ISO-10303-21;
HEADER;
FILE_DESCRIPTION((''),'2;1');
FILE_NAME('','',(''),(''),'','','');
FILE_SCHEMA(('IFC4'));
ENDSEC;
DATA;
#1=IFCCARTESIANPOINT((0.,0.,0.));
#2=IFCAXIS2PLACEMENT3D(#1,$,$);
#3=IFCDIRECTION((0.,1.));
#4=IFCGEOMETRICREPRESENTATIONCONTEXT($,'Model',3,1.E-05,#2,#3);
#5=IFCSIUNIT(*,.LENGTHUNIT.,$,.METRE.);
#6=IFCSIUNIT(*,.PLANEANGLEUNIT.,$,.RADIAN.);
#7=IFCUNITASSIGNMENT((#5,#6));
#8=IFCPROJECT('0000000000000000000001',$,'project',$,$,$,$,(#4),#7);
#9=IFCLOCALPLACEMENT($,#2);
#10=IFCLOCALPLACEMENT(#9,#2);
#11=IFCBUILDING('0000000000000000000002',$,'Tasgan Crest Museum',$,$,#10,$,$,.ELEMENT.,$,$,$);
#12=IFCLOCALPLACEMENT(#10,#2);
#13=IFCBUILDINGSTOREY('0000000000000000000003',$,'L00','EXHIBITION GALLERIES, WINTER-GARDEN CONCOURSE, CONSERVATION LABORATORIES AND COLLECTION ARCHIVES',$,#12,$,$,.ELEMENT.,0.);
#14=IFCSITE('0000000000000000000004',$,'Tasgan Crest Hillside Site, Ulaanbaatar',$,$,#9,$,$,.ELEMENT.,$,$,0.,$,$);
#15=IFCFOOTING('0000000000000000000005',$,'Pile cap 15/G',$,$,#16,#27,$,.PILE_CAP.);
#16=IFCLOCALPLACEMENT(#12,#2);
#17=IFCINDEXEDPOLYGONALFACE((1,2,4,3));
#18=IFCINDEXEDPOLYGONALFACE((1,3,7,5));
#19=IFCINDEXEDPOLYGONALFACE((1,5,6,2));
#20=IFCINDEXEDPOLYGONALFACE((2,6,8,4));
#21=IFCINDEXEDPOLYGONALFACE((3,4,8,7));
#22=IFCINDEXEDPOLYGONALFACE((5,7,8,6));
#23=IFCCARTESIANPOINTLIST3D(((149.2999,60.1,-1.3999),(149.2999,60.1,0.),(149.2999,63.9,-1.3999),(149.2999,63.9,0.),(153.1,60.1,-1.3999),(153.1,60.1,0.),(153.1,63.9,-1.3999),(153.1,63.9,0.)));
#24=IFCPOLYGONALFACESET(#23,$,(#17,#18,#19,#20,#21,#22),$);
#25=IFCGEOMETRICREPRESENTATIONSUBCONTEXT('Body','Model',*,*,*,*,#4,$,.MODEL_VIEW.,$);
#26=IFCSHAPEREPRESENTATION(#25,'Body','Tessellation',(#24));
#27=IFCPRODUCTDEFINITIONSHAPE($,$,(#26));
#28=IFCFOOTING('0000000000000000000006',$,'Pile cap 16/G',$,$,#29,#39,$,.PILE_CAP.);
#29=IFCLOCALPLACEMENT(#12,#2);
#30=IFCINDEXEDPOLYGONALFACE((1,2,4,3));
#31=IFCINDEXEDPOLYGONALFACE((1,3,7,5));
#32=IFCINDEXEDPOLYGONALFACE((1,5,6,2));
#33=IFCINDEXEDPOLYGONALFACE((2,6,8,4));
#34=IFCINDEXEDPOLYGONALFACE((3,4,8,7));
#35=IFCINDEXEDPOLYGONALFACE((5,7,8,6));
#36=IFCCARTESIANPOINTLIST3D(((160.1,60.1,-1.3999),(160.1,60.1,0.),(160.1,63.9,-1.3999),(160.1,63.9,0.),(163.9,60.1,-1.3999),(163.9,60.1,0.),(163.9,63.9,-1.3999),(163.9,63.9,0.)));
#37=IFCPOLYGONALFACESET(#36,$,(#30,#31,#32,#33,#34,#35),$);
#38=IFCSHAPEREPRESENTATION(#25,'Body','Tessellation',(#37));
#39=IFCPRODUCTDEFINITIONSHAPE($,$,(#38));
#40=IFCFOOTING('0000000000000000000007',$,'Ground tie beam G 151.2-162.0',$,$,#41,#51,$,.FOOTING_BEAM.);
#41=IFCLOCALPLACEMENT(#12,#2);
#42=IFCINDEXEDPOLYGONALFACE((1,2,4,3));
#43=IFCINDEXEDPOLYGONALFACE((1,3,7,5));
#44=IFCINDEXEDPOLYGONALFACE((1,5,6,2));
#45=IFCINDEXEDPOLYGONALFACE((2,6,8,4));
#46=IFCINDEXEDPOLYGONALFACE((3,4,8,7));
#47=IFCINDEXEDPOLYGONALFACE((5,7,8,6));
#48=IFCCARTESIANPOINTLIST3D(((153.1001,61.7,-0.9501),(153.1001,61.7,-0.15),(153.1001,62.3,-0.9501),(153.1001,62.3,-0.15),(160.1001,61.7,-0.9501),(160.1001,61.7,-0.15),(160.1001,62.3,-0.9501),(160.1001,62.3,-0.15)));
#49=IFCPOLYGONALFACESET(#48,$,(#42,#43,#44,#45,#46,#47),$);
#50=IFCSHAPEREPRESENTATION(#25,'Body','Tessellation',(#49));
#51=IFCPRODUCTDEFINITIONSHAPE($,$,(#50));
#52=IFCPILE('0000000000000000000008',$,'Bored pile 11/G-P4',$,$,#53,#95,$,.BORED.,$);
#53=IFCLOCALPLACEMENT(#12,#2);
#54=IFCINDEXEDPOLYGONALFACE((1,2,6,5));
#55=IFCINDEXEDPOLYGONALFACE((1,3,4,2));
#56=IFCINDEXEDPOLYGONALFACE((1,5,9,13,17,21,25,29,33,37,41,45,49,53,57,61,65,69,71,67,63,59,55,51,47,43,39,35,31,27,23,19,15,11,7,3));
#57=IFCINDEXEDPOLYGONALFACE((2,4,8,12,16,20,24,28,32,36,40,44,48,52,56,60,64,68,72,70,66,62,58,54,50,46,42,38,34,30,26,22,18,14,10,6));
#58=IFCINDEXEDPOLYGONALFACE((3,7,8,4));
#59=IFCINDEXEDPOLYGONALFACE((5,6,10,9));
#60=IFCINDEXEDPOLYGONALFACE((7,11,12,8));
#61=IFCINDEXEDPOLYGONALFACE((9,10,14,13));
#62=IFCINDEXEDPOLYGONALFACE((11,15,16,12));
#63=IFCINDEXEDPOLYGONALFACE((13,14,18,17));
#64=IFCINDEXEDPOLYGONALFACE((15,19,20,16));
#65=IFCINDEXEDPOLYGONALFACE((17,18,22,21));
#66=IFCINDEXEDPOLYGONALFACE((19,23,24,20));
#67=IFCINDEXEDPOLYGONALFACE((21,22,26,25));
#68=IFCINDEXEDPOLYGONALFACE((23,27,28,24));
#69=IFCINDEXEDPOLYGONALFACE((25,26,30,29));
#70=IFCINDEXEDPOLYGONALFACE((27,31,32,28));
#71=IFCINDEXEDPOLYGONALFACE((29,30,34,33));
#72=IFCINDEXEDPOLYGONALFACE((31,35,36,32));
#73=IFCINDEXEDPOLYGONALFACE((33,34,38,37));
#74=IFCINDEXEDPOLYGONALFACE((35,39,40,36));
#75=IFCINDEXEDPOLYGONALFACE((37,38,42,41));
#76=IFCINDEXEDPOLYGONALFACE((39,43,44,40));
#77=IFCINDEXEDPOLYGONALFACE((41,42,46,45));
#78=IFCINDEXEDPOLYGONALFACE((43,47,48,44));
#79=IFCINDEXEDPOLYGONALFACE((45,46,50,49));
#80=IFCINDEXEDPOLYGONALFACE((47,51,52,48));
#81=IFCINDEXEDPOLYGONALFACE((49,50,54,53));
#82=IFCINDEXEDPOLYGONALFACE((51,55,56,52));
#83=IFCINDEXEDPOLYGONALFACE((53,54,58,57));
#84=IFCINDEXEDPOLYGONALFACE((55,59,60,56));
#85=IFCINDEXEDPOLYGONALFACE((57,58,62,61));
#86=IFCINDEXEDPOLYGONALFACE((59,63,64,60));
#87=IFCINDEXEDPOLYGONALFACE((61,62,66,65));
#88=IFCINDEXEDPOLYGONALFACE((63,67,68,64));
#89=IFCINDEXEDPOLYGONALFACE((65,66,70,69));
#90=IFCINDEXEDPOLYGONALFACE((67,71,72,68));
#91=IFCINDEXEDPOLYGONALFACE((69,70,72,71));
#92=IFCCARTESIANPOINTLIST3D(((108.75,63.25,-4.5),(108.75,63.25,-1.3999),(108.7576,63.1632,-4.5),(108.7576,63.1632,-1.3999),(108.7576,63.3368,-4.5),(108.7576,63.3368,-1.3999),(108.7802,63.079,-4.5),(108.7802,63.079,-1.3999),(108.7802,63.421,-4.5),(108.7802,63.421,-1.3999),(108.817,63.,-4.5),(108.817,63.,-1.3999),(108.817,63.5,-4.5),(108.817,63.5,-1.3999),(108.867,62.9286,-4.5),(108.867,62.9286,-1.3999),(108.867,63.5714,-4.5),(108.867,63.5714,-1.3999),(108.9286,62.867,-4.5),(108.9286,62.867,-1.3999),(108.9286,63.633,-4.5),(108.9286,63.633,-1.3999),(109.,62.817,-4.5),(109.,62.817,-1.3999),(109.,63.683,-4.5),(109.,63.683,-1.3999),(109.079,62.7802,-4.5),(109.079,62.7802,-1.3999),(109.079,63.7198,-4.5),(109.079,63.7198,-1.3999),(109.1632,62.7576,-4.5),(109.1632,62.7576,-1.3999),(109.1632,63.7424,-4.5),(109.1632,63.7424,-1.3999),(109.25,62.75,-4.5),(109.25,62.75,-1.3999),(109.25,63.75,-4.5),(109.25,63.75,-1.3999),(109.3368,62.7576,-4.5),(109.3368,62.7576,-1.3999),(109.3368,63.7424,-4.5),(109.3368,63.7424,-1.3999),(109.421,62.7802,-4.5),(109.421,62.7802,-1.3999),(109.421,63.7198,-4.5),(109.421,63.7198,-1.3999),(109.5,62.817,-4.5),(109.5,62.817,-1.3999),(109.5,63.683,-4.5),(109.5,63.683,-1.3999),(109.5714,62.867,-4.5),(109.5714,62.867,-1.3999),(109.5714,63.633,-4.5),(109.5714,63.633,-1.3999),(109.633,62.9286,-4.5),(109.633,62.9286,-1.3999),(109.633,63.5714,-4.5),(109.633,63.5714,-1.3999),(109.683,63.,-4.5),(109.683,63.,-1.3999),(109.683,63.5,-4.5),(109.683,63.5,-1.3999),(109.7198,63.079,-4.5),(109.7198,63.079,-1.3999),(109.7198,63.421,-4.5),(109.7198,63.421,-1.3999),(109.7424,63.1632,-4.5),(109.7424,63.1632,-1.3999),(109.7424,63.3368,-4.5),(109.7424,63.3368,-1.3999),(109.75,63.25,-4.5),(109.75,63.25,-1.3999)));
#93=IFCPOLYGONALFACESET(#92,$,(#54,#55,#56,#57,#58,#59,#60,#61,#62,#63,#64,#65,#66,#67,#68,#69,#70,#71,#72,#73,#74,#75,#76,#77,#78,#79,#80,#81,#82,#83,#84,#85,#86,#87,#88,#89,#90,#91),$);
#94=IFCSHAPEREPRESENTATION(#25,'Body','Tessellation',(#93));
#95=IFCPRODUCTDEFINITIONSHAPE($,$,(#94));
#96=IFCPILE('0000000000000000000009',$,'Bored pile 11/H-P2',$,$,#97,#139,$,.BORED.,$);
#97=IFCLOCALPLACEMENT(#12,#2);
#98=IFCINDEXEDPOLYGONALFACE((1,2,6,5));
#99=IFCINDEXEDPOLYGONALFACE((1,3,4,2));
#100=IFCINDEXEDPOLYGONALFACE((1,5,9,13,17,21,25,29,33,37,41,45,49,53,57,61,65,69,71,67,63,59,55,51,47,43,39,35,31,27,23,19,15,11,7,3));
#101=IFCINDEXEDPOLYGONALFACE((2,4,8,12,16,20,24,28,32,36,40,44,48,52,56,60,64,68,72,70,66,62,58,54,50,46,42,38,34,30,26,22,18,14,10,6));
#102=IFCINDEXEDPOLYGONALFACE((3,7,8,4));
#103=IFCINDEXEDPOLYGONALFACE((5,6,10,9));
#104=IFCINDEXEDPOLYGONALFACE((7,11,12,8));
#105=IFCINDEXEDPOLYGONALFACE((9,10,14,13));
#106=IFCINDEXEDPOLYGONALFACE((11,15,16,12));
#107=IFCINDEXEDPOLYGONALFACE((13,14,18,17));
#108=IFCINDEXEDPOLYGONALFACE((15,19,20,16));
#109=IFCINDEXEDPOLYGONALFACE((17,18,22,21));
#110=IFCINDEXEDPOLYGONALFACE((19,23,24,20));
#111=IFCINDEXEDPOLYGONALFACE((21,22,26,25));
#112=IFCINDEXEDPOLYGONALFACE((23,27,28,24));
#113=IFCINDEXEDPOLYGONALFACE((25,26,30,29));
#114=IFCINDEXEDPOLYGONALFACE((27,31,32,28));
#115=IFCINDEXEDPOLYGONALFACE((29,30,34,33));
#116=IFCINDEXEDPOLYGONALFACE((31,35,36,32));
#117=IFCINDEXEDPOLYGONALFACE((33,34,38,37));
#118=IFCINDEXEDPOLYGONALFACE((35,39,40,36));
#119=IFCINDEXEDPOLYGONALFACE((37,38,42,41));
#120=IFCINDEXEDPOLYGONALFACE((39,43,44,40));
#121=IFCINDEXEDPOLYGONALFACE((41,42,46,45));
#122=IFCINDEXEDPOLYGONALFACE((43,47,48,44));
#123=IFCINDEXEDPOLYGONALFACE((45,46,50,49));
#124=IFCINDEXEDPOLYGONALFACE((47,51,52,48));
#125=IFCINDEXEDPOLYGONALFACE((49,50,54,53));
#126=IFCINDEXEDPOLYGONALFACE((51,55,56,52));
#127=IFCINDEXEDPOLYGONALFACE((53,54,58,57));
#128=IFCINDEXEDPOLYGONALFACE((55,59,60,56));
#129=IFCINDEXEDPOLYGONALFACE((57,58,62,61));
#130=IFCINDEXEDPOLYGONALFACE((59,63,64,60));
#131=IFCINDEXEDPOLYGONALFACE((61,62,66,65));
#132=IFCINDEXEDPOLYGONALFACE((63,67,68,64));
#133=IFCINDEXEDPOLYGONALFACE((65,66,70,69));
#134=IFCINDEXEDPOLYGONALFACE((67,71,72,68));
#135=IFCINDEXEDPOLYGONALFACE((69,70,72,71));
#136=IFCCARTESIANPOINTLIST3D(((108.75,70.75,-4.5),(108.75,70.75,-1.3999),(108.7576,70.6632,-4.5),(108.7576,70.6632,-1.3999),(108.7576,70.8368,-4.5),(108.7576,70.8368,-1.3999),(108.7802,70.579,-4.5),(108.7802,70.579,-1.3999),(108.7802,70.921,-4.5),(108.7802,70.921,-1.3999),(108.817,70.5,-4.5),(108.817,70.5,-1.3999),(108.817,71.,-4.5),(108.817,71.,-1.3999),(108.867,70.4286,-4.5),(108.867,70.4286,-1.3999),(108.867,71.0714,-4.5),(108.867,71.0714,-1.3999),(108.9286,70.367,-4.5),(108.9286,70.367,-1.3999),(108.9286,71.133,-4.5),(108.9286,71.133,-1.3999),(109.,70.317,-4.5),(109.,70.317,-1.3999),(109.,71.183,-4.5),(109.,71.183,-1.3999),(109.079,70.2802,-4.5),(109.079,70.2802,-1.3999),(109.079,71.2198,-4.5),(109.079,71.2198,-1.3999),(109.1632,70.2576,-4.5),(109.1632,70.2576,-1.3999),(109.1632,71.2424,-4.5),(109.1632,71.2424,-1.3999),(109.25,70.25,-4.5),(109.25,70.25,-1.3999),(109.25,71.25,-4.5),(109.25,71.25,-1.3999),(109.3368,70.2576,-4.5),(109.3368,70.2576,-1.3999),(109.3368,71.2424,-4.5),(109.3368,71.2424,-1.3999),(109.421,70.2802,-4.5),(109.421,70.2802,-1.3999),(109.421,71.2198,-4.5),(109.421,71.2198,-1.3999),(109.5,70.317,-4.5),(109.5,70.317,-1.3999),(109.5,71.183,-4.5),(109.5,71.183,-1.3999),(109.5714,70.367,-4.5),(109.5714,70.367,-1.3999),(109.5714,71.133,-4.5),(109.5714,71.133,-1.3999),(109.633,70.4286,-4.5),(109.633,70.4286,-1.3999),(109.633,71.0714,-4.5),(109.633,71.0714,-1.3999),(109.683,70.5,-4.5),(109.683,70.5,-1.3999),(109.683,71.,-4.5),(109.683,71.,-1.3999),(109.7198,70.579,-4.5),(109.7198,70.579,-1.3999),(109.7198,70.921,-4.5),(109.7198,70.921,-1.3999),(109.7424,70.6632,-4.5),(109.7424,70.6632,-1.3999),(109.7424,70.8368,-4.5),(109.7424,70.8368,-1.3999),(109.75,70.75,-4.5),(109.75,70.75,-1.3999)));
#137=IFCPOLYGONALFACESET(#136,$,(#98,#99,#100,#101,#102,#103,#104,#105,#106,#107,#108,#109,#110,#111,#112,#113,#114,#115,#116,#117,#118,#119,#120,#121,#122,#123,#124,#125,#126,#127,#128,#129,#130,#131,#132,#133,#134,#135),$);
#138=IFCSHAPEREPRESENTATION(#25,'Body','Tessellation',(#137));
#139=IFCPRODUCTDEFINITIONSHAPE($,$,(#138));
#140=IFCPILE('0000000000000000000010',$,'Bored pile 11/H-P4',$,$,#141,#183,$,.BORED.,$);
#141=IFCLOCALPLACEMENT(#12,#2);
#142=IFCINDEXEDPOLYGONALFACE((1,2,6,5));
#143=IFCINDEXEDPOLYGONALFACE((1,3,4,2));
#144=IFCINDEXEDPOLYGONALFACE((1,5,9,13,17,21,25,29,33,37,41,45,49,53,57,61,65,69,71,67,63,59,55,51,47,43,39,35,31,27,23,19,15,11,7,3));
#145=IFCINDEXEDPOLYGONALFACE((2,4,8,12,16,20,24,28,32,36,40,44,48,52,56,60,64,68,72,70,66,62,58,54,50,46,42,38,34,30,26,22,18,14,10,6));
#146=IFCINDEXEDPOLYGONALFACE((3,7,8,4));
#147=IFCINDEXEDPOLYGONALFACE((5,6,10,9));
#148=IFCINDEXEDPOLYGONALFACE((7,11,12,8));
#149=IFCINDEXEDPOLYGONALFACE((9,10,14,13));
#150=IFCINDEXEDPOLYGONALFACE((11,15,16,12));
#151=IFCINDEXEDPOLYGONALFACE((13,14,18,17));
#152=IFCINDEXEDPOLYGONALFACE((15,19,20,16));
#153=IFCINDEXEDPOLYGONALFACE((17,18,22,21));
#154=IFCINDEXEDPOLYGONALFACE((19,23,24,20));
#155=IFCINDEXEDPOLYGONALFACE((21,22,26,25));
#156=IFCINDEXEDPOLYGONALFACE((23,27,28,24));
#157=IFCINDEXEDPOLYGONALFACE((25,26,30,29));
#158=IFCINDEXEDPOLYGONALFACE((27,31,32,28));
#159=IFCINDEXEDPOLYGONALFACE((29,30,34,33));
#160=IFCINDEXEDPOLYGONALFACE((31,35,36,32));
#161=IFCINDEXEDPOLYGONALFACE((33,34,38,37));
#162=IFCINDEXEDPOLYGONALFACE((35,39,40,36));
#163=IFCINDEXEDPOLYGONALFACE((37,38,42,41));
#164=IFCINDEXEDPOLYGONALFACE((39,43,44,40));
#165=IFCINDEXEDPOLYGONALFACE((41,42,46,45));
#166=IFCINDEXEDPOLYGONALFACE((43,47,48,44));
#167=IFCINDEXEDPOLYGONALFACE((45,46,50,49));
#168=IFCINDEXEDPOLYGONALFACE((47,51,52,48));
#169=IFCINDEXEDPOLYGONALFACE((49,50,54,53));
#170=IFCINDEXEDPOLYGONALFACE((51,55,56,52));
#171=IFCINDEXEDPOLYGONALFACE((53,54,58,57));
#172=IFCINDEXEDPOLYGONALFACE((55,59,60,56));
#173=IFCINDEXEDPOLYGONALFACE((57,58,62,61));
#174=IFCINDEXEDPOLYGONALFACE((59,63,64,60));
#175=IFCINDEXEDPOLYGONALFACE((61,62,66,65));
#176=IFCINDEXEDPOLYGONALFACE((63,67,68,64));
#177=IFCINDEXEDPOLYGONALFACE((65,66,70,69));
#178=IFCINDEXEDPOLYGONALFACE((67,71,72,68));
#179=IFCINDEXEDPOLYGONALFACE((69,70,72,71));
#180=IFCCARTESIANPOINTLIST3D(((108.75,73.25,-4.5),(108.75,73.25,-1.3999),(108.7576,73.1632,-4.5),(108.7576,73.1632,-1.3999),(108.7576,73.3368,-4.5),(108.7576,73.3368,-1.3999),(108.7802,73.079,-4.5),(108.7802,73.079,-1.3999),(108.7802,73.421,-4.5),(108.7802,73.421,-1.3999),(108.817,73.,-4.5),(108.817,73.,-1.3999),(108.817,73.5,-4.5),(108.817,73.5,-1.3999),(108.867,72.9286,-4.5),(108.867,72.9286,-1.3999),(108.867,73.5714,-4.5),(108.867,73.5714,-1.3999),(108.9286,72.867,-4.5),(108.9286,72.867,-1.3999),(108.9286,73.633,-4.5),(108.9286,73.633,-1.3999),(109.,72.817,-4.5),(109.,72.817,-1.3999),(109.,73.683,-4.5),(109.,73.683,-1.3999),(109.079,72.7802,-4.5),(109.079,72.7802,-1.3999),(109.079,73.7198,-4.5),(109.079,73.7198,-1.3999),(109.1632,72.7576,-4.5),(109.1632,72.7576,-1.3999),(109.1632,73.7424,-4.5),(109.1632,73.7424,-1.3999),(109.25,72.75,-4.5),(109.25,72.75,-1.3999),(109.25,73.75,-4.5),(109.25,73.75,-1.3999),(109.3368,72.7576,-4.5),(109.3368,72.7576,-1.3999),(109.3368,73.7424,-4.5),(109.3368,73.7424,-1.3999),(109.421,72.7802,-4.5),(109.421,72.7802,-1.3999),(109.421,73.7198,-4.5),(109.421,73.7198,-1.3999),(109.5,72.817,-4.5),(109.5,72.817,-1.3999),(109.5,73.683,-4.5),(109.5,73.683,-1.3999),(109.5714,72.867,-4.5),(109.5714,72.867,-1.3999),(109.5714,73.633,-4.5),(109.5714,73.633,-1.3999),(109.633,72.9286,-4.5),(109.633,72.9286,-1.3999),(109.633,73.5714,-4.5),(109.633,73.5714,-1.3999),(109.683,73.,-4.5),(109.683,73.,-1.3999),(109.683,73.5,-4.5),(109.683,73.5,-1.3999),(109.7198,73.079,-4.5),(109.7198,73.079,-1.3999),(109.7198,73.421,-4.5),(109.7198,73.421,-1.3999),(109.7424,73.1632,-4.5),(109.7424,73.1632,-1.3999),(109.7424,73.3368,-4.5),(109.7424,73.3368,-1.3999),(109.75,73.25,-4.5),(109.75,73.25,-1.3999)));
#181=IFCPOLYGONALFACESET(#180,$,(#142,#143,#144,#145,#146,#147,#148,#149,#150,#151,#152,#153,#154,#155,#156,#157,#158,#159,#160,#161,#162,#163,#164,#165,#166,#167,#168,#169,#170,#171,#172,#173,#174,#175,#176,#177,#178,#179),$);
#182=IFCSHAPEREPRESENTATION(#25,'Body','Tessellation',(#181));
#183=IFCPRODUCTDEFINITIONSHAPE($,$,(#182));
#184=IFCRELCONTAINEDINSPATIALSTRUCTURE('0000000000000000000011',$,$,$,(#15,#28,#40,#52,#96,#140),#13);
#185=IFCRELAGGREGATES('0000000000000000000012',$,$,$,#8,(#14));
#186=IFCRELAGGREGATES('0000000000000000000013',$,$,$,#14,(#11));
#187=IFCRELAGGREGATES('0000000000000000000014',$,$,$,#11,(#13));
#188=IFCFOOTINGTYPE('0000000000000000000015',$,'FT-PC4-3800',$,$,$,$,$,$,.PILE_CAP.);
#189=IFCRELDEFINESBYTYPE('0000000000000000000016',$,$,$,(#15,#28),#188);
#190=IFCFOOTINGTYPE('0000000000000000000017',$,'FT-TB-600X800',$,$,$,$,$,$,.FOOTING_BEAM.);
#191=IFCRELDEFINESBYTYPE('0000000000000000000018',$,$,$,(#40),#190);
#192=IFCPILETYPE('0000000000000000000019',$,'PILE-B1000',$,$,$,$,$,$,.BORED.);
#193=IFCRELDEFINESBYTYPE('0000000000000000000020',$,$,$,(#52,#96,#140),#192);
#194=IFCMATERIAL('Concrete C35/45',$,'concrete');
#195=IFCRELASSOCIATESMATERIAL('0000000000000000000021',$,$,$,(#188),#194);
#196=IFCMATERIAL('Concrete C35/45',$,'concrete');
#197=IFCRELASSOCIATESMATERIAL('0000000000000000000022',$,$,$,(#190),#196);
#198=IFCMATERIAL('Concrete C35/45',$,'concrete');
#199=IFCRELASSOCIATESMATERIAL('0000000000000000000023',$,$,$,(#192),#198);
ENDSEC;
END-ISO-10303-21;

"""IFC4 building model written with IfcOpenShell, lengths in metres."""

from ifc_helpers import new_model, si_unit, direction, frame, origin, origin_2d, place, context, subcontext, project, spatial, rectangle, circle, extrude, material, material_profile, profile_set, type_object, element, save


model = new_model("IFC4")

# Units and contexts
model_context = context("Model", 3, precision=1e-05, world=origin(), true_north=direction((0.0, 1.0)))
body_context = subcontext(model_context, "Body", "Model", "MODEL_VIEW")
ifc_project = project(units=[si_unit("LENGTHUNIT", "METRE"), si_unit("PLANEANGLEUNIT", "RADIAN")], contexts=[model_context])

# Site, building, storey
site_placement = place(None, origin())
site = spatial("IfcSite", under=ifc_project, at=site_placement, Name="Tasgan Crest Hillside Site, Ulaanbaatar", CompositionType="ELEMENT", RefElevation=0.0)
building_placement = place(site_placement, origin())
building = spatial("IfcBuilding", under=site, at=building_placement, Name="Tasgan Crest Museum", CompositionType="ELEMENT")
storey_placement = place(building_placement, origin())
storey = spatial("IfcBuildingStorey", under=building, at=storey_placement, Name="L00", Description="EXHIBITION GALLERIES, WINTER-GARDEN CONCOURSE, CONSERVATION LABORATORIES AND COLLECTION ARCHIVES", CompositionType="ELEMENT", Elevation=0.0)

# Footings
ifc_material_1 = material(Name="Concrete C35/45", Category="concrete")
footing_type_1 = type_object("IfcFootingType", Name="FT-PC4-3800", PredefinedType="PILE_CAP", material=ifc_material_1)
for number, where, z_axis, x_axis, name in (
    (1, (151.2, 62.0, -1.3999), (0.0, 0.0, 1.0), (1.0, 0.0, 0.0), "Pile cap 15/G"),
    (2, (162.0, 62.0, -1.3999), (0.0, 0.0, 1.0), (1.0, 0.0, 0.0), "Pile cap 16/G"),
):
    element("IfcFooting", number, at=place(storey_placement, frame(where, z_axis=z_axis, x_axis=x_axis)), inside=storey, type_object=footing_type_1, Name=name, PredefinedType="PILE_CAP", context=body_context, shape_type="SweptSolid", body=[
        extrude(rectangle(XDim=3.8, YDim=3.8, at=origin_2d()), origin(), (0.0, 0.0, 1.0), 1.3999),
    ])
ifc_material_2 = material(Name="Concrete C35/45", Category="concrete")
ifc_material_profile_1 = material_profile(ifc_material_2, rectangle(XDim=0.6001, YDim=0.8, at=origin_2d()), Name="TB 600x800")
ifc_profile_set_1 = profile_set([ifc_material_profile_1], Name="Concrete C35/45")
footing_type_2 = type_object("IfcFootingType", Name="FT-TB-600X800", PredefinedType="FOOTING_BEAM", material=ifc_profile_set_1)
footing_placement = place(storey_placement, frame((153.1001, 62.0, -0.55), z_axis=(1.0, 0.0, 0.0), x_axis=(0.0, 1.0, 0.0)))
element("IfcFooting", 3, at=footing_placement, inside=storey, type_object=footing_type_2, Name="Ground tie beam G 151.2-162.0", PredefinedType="FOOTING_BEAM", context=body_context, shape_type="SweptSolid", body=[
    extrude(rectangle(XDim=0.6001, YDim=0.8, at=origin_2d()), origin(), (0.0, 0.0, 1.0), 7.0),
])

# Piles
ifc_material_3 = material(Name="Concrete C35/45", Category="concrete")
ifc_material_profile_2 = material_profile(ifc_material_3, circle(Radius=0.5, at=origin_2d()), Name="PILE D1000")
ifc_profile_set_2 = profile_set([ifc_material_profile_2], Name="Concrete C35/45")
pile_type_1 = type_object("IfcPileType", Name="PILE-B1000", PredefinedType="BORED", material=ifc_profile_set_2)
for number, where, z_axis, x_axis, name in (
    (4, (109.25, 63.25, -1.3999), (0.0, 0.0, -1.0), (1.0, 0.0, 0.0), "Bored pile 11/G-P4"),
    (5, (109.25, 70.75, -1.3999), (0.0, 0.0, -1.0), (1.0, 0.0, 0.0), "Bored pile 11/H-P2"),
    (6, (109.25, 73.25, -1.3999), (0.0, 0.0, -1.0), (1.0, 0.0, 0.0), "Bored pile 11/H-P4"),
):
    element("IfcPile", number, at=place(storey_placement, frame(where, z_axis=z_axis, x_axis=x_axis)), inside=storey, type_object=pile_type_1, Name=name, PredefinedType="BORED", context=body_context, shape_type="SweptSolid", body=[
        extrude(circle(Radius=0.5, at=origin_2d()), origin(), (0.0, 0.0, 1.0), 3.1001),
    ])

save(model, "model.ifc")
